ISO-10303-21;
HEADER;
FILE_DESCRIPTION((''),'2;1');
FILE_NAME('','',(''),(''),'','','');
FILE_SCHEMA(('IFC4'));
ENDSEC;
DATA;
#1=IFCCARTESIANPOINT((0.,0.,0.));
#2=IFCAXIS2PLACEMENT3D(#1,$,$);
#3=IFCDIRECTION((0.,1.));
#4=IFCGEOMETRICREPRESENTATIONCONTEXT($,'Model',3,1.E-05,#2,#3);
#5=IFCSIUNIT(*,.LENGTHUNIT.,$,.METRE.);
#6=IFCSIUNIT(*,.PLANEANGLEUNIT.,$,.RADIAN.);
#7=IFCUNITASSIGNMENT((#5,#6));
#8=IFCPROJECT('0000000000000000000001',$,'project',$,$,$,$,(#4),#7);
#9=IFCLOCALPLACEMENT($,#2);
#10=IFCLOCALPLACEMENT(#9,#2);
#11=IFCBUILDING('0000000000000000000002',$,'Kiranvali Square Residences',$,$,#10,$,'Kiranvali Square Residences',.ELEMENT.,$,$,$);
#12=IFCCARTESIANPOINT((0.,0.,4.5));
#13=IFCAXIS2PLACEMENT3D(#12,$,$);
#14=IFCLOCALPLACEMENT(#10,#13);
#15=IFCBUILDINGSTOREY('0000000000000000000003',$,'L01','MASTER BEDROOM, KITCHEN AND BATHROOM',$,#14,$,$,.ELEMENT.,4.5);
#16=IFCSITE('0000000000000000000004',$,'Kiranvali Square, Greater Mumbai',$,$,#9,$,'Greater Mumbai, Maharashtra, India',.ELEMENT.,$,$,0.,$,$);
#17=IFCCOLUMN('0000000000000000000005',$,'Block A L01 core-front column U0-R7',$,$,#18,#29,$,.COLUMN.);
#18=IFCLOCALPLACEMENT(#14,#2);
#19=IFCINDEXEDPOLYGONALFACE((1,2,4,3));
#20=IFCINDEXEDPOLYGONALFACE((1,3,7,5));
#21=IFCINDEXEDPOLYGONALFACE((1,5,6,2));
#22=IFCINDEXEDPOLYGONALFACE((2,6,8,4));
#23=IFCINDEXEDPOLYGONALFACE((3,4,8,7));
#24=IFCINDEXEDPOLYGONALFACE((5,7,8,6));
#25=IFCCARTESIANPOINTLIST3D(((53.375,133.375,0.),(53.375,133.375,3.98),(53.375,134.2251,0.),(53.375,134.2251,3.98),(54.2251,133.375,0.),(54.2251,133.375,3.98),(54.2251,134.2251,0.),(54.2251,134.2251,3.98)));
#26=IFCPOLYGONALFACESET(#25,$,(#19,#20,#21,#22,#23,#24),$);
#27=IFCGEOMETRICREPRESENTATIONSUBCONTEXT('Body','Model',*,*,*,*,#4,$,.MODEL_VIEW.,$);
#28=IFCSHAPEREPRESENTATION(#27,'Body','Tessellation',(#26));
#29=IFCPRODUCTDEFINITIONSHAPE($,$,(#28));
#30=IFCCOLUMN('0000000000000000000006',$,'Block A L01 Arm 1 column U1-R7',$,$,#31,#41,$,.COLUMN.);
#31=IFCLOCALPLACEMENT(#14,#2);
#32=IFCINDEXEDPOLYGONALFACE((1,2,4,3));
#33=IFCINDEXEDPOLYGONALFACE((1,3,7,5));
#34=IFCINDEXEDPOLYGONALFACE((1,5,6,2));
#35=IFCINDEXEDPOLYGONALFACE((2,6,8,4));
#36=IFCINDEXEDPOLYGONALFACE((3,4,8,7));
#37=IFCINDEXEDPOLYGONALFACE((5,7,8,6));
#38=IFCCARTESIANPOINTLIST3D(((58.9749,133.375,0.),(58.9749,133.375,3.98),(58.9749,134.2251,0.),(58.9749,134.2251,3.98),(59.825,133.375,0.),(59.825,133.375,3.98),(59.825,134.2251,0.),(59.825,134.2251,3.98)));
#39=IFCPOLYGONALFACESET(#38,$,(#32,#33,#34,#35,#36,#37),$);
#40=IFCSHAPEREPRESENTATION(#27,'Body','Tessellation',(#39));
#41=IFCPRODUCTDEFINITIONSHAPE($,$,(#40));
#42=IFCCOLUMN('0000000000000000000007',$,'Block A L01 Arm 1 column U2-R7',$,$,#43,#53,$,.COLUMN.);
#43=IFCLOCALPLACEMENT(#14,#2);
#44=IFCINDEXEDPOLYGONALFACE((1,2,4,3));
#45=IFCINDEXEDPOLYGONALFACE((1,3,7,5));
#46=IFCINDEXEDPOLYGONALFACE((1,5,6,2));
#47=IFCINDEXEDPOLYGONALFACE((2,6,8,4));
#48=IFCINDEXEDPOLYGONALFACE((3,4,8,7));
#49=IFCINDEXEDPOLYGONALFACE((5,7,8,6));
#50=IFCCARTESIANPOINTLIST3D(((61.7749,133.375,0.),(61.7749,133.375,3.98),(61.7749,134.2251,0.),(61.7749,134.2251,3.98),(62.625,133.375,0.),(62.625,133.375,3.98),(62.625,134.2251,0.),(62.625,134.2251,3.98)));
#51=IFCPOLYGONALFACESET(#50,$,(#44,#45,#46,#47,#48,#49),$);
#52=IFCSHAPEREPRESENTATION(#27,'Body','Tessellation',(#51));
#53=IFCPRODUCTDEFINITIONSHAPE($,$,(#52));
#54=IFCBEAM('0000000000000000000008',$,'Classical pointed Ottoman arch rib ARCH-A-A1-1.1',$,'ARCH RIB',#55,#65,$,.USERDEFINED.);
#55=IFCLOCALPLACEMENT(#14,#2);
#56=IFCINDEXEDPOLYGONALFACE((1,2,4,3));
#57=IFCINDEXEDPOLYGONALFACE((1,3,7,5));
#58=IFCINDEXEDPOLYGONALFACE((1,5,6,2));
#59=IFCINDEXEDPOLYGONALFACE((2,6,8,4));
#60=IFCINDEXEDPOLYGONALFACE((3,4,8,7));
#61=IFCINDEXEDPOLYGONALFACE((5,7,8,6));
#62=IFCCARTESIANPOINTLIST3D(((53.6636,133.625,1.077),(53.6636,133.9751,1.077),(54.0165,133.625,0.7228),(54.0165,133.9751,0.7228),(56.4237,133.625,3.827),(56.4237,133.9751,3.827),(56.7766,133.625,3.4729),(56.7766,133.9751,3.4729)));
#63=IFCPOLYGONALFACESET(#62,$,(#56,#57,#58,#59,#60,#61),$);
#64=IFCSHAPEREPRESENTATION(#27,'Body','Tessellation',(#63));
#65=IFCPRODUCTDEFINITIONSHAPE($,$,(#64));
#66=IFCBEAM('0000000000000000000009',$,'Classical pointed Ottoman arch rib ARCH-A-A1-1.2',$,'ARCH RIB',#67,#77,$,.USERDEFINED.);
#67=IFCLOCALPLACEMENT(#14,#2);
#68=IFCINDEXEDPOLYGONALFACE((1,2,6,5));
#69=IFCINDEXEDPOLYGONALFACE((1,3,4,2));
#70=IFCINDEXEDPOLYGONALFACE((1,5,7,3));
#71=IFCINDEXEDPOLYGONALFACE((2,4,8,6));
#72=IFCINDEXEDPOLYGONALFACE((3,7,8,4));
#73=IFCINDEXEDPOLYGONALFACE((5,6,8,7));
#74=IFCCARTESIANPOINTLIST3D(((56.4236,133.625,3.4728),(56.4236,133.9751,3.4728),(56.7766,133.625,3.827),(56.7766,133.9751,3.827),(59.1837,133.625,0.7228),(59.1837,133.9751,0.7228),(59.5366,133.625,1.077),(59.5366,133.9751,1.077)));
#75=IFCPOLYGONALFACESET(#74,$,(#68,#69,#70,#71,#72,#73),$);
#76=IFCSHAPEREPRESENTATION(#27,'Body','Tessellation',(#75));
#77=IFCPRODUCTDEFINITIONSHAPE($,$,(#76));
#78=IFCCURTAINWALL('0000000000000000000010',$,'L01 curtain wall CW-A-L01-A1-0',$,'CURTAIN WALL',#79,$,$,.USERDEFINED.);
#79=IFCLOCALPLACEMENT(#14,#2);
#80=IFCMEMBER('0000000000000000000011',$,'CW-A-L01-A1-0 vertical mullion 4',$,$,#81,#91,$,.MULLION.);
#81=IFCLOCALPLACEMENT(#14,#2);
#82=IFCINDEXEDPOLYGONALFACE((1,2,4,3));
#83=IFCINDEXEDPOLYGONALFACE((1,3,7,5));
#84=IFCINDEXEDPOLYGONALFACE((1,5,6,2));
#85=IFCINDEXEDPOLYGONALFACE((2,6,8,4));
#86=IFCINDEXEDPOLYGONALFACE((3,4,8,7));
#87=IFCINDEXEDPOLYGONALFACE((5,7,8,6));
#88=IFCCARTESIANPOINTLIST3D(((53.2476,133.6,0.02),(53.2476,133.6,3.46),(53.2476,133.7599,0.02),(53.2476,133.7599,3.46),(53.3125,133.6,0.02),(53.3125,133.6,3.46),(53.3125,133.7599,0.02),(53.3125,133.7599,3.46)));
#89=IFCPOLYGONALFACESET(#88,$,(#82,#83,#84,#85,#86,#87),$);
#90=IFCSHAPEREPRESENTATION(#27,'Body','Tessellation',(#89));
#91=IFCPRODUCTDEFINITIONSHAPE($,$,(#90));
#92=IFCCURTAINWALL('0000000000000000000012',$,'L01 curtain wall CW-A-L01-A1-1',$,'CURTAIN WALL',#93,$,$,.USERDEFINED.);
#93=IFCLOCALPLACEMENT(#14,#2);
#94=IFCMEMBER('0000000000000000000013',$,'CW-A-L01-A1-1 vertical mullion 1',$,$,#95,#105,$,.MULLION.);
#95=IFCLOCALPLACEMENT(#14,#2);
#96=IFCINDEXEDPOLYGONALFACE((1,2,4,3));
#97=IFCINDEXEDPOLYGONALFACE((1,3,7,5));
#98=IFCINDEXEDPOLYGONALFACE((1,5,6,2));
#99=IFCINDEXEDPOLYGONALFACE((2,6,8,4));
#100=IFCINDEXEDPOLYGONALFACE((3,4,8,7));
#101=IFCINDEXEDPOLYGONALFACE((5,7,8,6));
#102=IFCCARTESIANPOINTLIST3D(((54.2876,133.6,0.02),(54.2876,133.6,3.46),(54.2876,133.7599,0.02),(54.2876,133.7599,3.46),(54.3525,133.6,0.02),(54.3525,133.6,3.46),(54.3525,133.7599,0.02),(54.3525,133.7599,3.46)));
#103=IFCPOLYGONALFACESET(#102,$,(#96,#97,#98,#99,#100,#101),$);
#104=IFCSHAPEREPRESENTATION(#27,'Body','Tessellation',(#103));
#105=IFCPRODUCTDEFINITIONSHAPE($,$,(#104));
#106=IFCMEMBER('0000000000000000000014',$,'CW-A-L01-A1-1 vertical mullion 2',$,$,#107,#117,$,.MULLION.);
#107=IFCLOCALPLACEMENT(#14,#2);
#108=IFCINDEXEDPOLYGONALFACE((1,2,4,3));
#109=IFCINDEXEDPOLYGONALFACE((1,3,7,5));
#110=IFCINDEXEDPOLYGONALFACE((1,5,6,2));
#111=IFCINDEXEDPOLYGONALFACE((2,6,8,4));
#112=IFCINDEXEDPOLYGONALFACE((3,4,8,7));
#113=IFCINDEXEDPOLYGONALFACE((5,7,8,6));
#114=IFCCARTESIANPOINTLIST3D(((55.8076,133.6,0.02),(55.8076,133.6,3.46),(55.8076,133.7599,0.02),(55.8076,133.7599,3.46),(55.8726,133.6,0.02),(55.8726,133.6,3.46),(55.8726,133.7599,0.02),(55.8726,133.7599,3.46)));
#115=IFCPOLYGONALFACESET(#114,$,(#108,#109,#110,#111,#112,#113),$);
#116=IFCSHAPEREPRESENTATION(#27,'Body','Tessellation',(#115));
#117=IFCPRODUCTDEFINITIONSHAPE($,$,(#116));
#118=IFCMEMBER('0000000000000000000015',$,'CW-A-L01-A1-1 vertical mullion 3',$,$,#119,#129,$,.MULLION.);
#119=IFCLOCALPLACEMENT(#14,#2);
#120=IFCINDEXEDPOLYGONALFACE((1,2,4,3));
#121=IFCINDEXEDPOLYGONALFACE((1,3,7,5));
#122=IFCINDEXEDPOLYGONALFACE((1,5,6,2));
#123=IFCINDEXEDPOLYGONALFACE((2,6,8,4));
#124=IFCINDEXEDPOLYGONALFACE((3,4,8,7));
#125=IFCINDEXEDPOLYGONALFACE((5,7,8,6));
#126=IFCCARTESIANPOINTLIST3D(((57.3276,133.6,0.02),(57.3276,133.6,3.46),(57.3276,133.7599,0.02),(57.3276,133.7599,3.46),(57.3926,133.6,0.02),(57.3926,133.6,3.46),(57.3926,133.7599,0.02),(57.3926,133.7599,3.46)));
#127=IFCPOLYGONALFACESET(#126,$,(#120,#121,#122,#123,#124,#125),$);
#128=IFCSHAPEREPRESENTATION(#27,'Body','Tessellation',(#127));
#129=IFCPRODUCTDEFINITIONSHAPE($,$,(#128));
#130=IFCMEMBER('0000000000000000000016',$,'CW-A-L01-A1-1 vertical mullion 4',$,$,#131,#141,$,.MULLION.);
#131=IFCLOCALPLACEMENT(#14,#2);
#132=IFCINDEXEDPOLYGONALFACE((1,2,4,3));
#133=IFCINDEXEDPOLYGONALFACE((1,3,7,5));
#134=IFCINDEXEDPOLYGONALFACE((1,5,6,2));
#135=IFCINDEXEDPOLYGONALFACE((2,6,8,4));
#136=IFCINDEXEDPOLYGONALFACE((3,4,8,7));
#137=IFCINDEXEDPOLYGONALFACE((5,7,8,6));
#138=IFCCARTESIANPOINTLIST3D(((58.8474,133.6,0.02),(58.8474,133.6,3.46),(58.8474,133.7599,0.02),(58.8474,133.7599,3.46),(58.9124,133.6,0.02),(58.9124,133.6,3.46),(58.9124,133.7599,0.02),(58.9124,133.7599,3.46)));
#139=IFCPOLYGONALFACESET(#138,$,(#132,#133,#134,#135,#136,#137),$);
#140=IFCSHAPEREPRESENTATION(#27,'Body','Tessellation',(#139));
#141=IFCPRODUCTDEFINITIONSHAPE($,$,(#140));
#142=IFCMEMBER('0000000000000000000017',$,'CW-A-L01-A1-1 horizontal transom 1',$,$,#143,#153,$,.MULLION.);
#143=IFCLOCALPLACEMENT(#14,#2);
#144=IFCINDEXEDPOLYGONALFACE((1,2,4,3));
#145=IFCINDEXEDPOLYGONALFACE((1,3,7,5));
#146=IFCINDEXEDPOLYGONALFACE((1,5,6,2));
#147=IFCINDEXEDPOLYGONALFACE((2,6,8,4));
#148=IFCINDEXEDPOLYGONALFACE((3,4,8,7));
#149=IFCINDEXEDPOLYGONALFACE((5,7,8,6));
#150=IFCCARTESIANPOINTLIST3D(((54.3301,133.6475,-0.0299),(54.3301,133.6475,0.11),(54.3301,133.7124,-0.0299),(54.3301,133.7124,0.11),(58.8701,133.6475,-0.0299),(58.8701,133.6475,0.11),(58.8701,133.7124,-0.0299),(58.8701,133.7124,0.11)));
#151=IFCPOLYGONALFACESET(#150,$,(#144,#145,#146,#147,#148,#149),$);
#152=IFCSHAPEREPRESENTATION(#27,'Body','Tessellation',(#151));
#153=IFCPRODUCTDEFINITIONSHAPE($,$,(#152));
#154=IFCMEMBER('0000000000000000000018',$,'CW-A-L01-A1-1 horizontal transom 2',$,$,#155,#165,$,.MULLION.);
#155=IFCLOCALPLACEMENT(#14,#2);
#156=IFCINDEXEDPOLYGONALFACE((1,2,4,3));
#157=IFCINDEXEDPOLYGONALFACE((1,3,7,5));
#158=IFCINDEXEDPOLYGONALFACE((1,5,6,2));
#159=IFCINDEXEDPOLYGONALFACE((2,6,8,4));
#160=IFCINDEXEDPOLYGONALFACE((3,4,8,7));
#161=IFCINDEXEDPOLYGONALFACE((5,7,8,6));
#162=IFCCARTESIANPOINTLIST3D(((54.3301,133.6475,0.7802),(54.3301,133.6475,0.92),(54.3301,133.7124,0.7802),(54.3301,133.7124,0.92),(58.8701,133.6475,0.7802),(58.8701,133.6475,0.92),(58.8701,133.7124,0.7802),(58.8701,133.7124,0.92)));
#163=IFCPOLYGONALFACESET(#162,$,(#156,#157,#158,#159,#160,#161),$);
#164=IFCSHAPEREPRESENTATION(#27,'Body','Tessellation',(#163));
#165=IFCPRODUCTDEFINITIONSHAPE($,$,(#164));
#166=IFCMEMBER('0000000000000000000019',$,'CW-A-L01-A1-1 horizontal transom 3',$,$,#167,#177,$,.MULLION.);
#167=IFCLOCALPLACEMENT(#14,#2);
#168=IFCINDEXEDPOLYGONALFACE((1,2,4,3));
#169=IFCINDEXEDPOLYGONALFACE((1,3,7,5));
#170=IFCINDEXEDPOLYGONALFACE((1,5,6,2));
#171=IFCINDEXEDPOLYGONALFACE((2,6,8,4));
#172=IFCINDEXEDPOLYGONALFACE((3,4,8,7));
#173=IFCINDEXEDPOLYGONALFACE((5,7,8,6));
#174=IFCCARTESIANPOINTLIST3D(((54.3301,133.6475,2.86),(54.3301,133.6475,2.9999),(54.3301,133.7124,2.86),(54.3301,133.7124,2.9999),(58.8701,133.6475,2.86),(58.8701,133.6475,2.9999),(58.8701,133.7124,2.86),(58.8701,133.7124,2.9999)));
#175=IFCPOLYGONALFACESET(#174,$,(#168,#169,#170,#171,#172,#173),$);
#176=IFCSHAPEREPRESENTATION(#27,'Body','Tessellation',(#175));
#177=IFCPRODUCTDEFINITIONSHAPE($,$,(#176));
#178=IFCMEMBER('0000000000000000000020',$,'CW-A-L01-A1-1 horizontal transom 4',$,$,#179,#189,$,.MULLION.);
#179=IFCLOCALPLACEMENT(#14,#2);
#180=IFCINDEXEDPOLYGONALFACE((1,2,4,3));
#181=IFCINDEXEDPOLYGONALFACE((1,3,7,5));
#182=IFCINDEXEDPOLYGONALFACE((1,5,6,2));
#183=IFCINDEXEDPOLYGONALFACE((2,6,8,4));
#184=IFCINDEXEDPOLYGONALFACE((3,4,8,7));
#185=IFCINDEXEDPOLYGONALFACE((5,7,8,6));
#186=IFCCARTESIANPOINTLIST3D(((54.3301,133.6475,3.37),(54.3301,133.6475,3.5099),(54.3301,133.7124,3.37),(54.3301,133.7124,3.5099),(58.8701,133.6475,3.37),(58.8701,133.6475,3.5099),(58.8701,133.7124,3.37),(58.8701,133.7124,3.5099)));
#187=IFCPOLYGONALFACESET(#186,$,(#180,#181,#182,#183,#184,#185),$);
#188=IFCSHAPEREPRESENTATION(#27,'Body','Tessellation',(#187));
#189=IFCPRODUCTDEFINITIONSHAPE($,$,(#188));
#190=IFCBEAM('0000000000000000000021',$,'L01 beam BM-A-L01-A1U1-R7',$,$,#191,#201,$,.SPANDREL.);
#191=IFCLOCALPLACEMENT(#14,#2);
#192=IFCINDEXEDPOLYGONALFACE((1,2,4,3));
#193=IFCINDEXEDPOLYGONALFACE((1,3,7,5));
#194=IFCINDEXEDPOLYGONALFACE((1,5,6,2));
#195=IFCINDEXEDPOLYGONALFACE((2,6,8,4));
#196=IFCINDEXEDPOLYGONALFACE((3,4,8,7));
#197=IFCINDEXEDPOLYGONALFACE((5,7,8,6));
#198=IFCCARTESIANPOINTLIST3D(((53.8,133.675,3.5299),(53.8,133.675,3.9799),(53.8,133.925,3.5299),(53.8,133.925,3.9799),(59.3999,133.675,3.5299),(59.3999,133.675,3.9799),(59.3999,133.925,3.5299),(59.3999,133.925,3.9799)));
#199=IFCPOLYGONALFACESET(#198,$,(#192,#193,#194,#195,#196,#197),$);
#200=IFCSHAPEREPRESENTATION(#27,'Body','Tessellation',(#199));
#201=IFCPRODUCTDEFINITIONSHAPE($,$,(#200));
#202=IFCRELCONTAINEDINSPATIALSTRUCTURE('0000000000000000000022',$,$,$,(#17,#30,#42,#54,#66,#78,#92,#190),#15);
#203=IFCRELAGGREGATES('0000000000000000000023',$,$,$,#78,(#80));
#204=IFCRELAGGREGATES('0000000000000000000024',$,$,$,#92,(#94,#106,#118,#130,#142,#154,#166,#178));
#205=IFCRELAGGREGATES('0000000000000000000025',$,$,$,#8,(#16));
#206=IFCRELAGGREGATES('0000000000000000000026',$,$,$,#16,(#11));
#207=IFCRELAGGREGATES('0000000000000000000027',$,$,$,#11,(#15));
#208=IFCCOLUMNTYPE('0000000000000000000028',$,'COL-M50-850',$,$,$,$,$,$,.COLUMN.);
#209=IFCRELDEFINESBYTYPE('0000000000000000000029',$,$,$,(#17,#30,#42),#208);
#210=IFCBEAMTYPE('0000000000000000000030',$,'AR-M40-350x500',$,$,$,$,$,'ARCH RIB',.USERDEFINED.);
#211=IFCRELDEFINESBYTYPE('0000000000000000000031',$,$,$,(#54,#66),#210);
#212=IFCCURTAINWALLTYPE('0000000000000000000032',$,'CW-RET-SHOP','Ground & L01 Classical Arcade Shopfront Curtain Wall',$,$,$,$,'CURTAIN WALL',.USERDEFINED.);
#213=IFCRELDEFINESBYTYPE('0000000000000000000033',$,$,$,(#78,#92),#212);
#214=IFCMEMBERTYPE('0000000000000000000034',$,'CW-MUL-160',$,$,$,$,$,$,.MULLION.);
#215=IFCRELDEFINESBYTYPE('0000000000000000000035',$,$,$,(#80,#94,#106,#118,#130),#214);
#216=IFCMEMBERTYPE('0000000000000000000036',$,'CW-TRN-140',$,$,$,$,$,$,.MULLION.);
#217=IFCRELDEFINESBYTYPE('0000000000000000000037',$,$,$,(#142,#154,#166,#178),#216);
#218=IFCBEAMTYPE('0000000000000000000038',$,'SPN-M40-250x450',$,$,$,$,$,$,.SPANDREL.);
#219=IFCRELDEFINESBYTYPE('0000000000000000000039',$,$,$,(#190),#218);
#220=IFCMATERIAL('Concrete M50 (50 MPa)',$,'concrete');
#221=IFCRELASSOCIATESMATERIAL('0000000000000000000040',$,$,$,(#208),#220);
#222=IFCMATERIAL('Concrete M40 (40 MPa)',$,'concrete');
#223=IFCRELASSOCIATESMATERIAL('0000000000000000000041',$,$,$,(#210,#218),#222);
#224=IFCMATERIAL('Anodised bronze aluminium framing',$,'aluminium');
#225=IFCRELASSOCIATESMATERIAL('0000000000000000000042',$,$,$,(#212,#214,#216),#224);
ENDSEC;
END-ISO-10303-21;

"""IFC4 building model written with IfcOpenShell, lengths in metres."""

from ifc_helpers import new_model, si_unit, direction, frame, origin, origin_2d, place, context, subcontext, project, spatial, rectangle, extrude, material, material_profile, profile_set, type_object, element, aggregate, save


model = new_model("IFC4")

# Units and contexts
model_context = context("Model", 3, precision=1e-05, world=origin(), true_north=direction((0.0, 1.0)))
body_context = subcontext(model_context, "Body", "Model", "MODEL_VIEW")
ifc_project = project(units=[si_unit("LENGTHUNIT", "METRE"), si_unit("PLANEANGLEUNIT", "RADIAN")], contexts=[model_context])

# Site, building, storey
site_placement = place(None, origin())
site = spatial("IfcSite", under=ifc_project, at=site_placement, Name="Kiranvali Square, Greater Mumbai", LongName="Greater Mumbai, Maharashtra, India", CompositionType="ELEMENT", RefElevation=0.0)
building_placement = place(site_placement, origin())
building = spatial("IfcBuilding", under=site, at=building_placement, Name="Kiranvali Square Residences", LongName="Kiranvali Square Residences", CompositionType="ELEMENT")
storey_placement = place(building_placement, frame((0.0, 0.0, 4.5)))
storey = spatial("IfcBuildingStorey", under=building, at=storey_placement, Name="L01", Description="MASTER BEDROOM, KITCHEN AND BATHROOM", CompositionType="ELEMENT", Elevation=4.5)

# Columns
ifc_material_1 = material(Name="Concrete M50 (50 MPa)", Category="concrete")
ifc_material_profile_1 = material_profile(ifc_material_1, rectangle(XDim=0.8501, YDim=0.8501, at=origin_2d()), Name="RC 850x850")
ifc_profile_set_1 = profile_set([ifc_material_profile_1], Name="Concrete M50 (50 MPa)")
column_type = type_object("IfcColumnType", Name="COL-M50-850", PredefinedType="COLUMN", material=ifc_profile_set_1)
for number, where, z_axis, x_axis, name in (
    (1, (53.8, 133.8, 0.0), (0.0, 0.0, 1.0), (1.0, 0.0, 0.0), "Block A L01 core-front column U0-R7"),
    (2, (59.3999, 133.8, 0.0), (0.0, 0.0, 1.0), (1.0, 0.0, 0.0), "Block A L01 Arm 1 column U1-R7"),
    (3, (62.2, 133.8, 0.0), (0.0, 0.0, 1.0), (1.0, 0.0, 0.0), "Block A L01 Arm 1 column U2-R7"),
):
    element("IfcColumn", number, at=place(storey_placement, frame(where, z_axis=z_axis, x_axis=x_axis)), inside=storey, type_object=column_type, Name=name, PredefinedType="COLUMN", context=body_context, shape_type="SweptSolid", body=[
        extrude(rectangle(XDim=0.8501, YDim=0.8501, at=origin_2d()), origin(), (0.0, 0.0, 1.0), 3.98),
    ])

# Beams
ifc_material_2 = material(Name="Concrete M40 (40 MPa)", Category="concrete")
ifc_material_profile_2 = material_profile(ifc_material_2, rectangle(XDim=0.3501, YDim=0.5, at=origin_2d()), Name="RC 350x500")
ifc_profile_set_2 = profile_set([ifc_material_profile_2], Name="Concrete M40 (40 MPa)")
beam_type_1 = type_object("IfcBeamType", Name="AR-M40-350x500", ElementType="ARCH RIB", PredefinedType="USERDEFINED", material=ifc_profile_set_2)
for number, where, z_axis, x_axis, name in (
    (4, (53.8401, 133.8, 0.8999), (0.70839, 0.0, 0.705821), (0.0, 1.0, 0.0), "Classical pointed Ottoman arch rib ARCH-A-A1-1.1"),
    (5, (56.6001, 133.8, 3.6499), (0.70839, 0.0, -0.705821), (0.0, 1.0, 0.0), "Classical pointed Ottoman arch rib ARCH-A-A1-1.2"),
):
    element("IfcBeam", number, at=place(storey_placement, frame(where, z_axis=z_axis, x_axis=x_axis)), inside=storey, type_object=beam_type_1, Name=name, ObjectType="ARCH RIB", PredefinedType="USERDEFINED", context=body_context, shape_type="SweptSolid", body=[
        extrude(rectangle(XDim=0.3501, YDim=0.5, at=origin_2d()), origin(), (0.0, 0.0, 1.0), 3.8962),
    ])

# Curtain wall, member
ifc_material_3 = material(Name="Anodised bronze aluminium framing", Category="aluminium")
curtain_wall_type = type_object("IfcCurtainWallType", Name="CW-RET-SHOP", Description="Ground & L01 Classical Arcade Shopfront Curtain Wall", ElementType="CURTAIN WALL", PredefinedType="USERDEFINED", material=ifc_material_3)
curtain_wall_1_placement = place(storey_placement, origin())
curtain_wall_1 = element("IfcCurtainWall", 6, at=curtain_wall_1_placement, inside=storey, type_object=curtain_wall_type, Name="L01 curtain wall CW-A-L01-A1-0", ObjectType="CURTAIN WALL", PredefinedType="USERDEFINED")
ifc_material_profile_3 = material_profile(ifc_material_3, rectangle(XDim=0.0649, YDim=0.1599, at=origin_2d()), Name="ALU 65x160")
ifc_profile_set_3 = profile_set([ifc_material_profile_3], Name="Anodised bronze aluminium framing")
member_type_1 = type_object("IfcMemberType", Name="CW-MUL-160", PredefinedType="MULLION", material=ifc_profile_set_3)
member_1_placement = place(storey_placement, frame((53.28, 133.6799, 0.02), z_axis=(0.0, 0.0, 1.0), x_axis=(1.0, 0.0, 0.0)))
member_1 = element("IfcMember", 7, at=member_1_placement, type_object=member_type_1, Name="CW-A-L01-A1-0 vertical mullion 4", PredefinedType="MULLION", context=body_context, shape_type="SweptSolid", body=[
    extrude(rectangle(XDim=0.0649, YDim=0.1599, at=origin_2d()), origin(), (0.0, 0.0, 1.0), 3.4399),
])

# Curtain wall, members
curtain_wall_2_placement = place(storey_placement, origin())
curtain_wall_2 = element("IfcCurtainWall", 8, at=curtain_wall_2_placement, inside=storey, type_object=curtain_wall_type, Name="L01 curtain wall CW-A-L01-A1-1", ObjectType="CURTAIN WALL", PredefinedType="USERDEFINED")
member_2_placement = place(storey_placement, frame((54.3201, 133.6799, 0.02), z_axis=(0.0, 0.0, 1.0), x_axis=(1.0, 0.0, 0.0)))
member_2 = element("IfcMember", 9, at=member_2_placement, type_object=member_type_1, Name="CW-A-L01-A1-1 vertical mullion 1", PredefinedType="MULLION", context=body_context, shape_type="SweptSolid", body=[
    extrude(rectangle(XDim=0.0649, YDim=0.1599, at=origin_2d()), origin(), (0.0, 0.0, 1.0), 3.4399),
])
member_3_placement = place(storey_placement, frame((55.8401, 133.6799, 0.02), z_axis=(0.0, 0.0, 1.0), x_axis=(1.0, 0.0, 0.0)))
member_3 = element("IfcMember", 10, at=member_3_placement, type_object=member_type_1, Name="CW-A-L01-A1-1 vertical mullion 2", PredefinedType="MULLION", context=body_context, shape_type="SweptSolid", body=[
    extrude(rectangle(XDim=0.0649, YDim=0.1599, at=origin_2d()), origin(), (0.0, 0.0, 1.0), 3.4399),
])
member_4_placement = place(storey_placement, frame((57.3601, 133.6799, 0.02), z_axis=(0.0, 0.0, 1.0), x_axis=(1.0, 0.0, 0.0)))
member_4 = element("IfcMember", 11, at=member_4_placement, type_object=member_type_1, Name="CW-A-L01-A1-1 vertical mullion 3", PredefinedType="MULLION", context=body_context, shape_type="SweptSolid", body=[
    extrude(rectangle(XDim=0.0649, YDim=0.1599, at=origin_2d()), origin(), (0.0, 0.0, 1.0), 3.4399),
])
member_5_placement = place(storey_placement, frame((58.8799, 133.6799, 0.02), z_axis=(0.0, 0.0, 1.0), x_axis=(1.0, 0.0, 0.0)))
member_5 = element("IfcMember", 12, at=member_5_placement, type_object=member_type_1, Name="CW-A-L01-A1-1 vertical mullion 4", PredefinedType="MULLION", context=body_context, shape_type="SweptSolid", body=[
    extrude(rectangle(XDim=0.0649, YDim=0.1599, at=origin_2d()), origin(), (0.0, 0.0, 1.0), 3.4399),
])
ifc_material_profile_4 = material_profile(ifc_material_3, rectangle(XDim=0.0649, YDim=0.1399, at=origin_2d()), Name="ALU 65x140")
ifc_profile_set_4 = profile_set([ifc_material_profile_4], Name="Anodised bronze aluminium framing")
member_type_2 = type_object("IfcMemberType", Name="CW-TRN-140", PredefinedType="MULLION", material=ifc_profile_set_4)
member_6_placement = place(storey_placement, frame((54.3301, 133.6799, 0.04), z_axis=(1.0, 0.0, 0.0), x_axis=(0.0, 1.0, 0.0)))
member_6 = element("IfcMember", 13, at=member_6_placement, type_object=member_type_2, Name="CW-A-L01-A1-1 horizontal transom 1", PredefinedType="MULLION", context=body_context, shape_type="SweptSolid", body=[
    extrude(rectangle(XDim=0.0649, YDim=0.1399, at=origin_2d()), origin(), (0.0, 0.0, 1.0), 4.54),
])
member_7_placement = place(storey_placement, frame((54.3301, 133.6799, 0.8501), z_axis=(1.0, 0.0, 0.0), x_axis=(0.0, 1.0, 0.0)))
member_7 = element("IfcMember", 14, at=member_7_placement, type_object=member_type_2, Name="CW-A-L01-A1-1 horizontal transom 2", PredefinedType="MULLION", context=body_context, shape_type="SweptSolid", body=[
    extrude(rectangle(XDim=0.0649, YDim=0.1399, at=origin_2d()), origin(), (0.0, 0.0, 1.0), 4.54),
])
member_8_placement = place(storey_placement, frame((54.3301, 133.6799, 2.9299), z_axis=(1.0, 0.0, 0.0), x_axis=(0.0, 1.0, 0.0)))
member_8 = element("IfcMember", 15, at=member_8_placement, type_object=member_type_2, Name="CW-A-L01-A1-1 horizontal transom 3", PredefinedType="MULLION", context=body_context, shape_type="SweptSolid", body=[
    extrude(rectangle(XDim=0.0649, YDim=0.1399, at=origin_2d()), origin(), (0.0, 0.0, 1.0), 4.54),
])
member_9_placement = place(storey_placement, frame((54.3301, 133.6799, 3.4399), z_axis=(1.0, 0.0, 0.0), x_axis=(0.0, 1.0, 0.0)))
member_9 = element("IfcMember", 16, at=member_9_placement, type_object=member_type_2, Name="CW-A-L01-A1-1 horizontal transom 4", PredefinedType="MULLION", context=body_context, shape_type="SweptSolid", body=[
    extrude(rectangle(XDim=0.0649, YDim=0.1399, at=origin_2d()), origin(), (0.0, 0.0, 1.0), 4.54),
])

# Beam
ifc_material_profile_5 = material_profile(ifc_material_2, rectangle(XDim=0.25, YDim=0.45, at=origin_2d()), Name="RC 250x450")
ifc_profile_set_5 = profile_set([ifc_material_profile_5], Name="Concrete M40 (40 MPa)")
beam_type_2 = type_object("IfcBeamType", Name="SPN-M40-250x450", PredefinedType="SPANDREL", material=ifc_profile_set_5)
beam_placement = place(storey_placement, frame((53.8, 133.8, 3.7549), z_axis=(1.0, 0.0, 0.0), x_axis=(0.0, 1.0, 0.0)))
element("IfcBeam", 17, at=beam_placement, inside=storey, type_object=beam_type_2, Name="L01 beam BM-A-L01-A1U1-R7", PredefinedType="SPANDREL", context=body_context, shape_type="SweptSolid", body=[
    extrude(rectangle(XDim=0.25, YDim=0.45, at=origin_2d()), origin(), (0.0, 0.0, 1.0), 5.5999),
])

aggregate(curtain_wall_1, [member_1])
aggregate(curtain_wall_2, [member_2, member_3, member_4, member_5, member_6, member_7, member_8, member_9])

save(model, "model.ifc")
